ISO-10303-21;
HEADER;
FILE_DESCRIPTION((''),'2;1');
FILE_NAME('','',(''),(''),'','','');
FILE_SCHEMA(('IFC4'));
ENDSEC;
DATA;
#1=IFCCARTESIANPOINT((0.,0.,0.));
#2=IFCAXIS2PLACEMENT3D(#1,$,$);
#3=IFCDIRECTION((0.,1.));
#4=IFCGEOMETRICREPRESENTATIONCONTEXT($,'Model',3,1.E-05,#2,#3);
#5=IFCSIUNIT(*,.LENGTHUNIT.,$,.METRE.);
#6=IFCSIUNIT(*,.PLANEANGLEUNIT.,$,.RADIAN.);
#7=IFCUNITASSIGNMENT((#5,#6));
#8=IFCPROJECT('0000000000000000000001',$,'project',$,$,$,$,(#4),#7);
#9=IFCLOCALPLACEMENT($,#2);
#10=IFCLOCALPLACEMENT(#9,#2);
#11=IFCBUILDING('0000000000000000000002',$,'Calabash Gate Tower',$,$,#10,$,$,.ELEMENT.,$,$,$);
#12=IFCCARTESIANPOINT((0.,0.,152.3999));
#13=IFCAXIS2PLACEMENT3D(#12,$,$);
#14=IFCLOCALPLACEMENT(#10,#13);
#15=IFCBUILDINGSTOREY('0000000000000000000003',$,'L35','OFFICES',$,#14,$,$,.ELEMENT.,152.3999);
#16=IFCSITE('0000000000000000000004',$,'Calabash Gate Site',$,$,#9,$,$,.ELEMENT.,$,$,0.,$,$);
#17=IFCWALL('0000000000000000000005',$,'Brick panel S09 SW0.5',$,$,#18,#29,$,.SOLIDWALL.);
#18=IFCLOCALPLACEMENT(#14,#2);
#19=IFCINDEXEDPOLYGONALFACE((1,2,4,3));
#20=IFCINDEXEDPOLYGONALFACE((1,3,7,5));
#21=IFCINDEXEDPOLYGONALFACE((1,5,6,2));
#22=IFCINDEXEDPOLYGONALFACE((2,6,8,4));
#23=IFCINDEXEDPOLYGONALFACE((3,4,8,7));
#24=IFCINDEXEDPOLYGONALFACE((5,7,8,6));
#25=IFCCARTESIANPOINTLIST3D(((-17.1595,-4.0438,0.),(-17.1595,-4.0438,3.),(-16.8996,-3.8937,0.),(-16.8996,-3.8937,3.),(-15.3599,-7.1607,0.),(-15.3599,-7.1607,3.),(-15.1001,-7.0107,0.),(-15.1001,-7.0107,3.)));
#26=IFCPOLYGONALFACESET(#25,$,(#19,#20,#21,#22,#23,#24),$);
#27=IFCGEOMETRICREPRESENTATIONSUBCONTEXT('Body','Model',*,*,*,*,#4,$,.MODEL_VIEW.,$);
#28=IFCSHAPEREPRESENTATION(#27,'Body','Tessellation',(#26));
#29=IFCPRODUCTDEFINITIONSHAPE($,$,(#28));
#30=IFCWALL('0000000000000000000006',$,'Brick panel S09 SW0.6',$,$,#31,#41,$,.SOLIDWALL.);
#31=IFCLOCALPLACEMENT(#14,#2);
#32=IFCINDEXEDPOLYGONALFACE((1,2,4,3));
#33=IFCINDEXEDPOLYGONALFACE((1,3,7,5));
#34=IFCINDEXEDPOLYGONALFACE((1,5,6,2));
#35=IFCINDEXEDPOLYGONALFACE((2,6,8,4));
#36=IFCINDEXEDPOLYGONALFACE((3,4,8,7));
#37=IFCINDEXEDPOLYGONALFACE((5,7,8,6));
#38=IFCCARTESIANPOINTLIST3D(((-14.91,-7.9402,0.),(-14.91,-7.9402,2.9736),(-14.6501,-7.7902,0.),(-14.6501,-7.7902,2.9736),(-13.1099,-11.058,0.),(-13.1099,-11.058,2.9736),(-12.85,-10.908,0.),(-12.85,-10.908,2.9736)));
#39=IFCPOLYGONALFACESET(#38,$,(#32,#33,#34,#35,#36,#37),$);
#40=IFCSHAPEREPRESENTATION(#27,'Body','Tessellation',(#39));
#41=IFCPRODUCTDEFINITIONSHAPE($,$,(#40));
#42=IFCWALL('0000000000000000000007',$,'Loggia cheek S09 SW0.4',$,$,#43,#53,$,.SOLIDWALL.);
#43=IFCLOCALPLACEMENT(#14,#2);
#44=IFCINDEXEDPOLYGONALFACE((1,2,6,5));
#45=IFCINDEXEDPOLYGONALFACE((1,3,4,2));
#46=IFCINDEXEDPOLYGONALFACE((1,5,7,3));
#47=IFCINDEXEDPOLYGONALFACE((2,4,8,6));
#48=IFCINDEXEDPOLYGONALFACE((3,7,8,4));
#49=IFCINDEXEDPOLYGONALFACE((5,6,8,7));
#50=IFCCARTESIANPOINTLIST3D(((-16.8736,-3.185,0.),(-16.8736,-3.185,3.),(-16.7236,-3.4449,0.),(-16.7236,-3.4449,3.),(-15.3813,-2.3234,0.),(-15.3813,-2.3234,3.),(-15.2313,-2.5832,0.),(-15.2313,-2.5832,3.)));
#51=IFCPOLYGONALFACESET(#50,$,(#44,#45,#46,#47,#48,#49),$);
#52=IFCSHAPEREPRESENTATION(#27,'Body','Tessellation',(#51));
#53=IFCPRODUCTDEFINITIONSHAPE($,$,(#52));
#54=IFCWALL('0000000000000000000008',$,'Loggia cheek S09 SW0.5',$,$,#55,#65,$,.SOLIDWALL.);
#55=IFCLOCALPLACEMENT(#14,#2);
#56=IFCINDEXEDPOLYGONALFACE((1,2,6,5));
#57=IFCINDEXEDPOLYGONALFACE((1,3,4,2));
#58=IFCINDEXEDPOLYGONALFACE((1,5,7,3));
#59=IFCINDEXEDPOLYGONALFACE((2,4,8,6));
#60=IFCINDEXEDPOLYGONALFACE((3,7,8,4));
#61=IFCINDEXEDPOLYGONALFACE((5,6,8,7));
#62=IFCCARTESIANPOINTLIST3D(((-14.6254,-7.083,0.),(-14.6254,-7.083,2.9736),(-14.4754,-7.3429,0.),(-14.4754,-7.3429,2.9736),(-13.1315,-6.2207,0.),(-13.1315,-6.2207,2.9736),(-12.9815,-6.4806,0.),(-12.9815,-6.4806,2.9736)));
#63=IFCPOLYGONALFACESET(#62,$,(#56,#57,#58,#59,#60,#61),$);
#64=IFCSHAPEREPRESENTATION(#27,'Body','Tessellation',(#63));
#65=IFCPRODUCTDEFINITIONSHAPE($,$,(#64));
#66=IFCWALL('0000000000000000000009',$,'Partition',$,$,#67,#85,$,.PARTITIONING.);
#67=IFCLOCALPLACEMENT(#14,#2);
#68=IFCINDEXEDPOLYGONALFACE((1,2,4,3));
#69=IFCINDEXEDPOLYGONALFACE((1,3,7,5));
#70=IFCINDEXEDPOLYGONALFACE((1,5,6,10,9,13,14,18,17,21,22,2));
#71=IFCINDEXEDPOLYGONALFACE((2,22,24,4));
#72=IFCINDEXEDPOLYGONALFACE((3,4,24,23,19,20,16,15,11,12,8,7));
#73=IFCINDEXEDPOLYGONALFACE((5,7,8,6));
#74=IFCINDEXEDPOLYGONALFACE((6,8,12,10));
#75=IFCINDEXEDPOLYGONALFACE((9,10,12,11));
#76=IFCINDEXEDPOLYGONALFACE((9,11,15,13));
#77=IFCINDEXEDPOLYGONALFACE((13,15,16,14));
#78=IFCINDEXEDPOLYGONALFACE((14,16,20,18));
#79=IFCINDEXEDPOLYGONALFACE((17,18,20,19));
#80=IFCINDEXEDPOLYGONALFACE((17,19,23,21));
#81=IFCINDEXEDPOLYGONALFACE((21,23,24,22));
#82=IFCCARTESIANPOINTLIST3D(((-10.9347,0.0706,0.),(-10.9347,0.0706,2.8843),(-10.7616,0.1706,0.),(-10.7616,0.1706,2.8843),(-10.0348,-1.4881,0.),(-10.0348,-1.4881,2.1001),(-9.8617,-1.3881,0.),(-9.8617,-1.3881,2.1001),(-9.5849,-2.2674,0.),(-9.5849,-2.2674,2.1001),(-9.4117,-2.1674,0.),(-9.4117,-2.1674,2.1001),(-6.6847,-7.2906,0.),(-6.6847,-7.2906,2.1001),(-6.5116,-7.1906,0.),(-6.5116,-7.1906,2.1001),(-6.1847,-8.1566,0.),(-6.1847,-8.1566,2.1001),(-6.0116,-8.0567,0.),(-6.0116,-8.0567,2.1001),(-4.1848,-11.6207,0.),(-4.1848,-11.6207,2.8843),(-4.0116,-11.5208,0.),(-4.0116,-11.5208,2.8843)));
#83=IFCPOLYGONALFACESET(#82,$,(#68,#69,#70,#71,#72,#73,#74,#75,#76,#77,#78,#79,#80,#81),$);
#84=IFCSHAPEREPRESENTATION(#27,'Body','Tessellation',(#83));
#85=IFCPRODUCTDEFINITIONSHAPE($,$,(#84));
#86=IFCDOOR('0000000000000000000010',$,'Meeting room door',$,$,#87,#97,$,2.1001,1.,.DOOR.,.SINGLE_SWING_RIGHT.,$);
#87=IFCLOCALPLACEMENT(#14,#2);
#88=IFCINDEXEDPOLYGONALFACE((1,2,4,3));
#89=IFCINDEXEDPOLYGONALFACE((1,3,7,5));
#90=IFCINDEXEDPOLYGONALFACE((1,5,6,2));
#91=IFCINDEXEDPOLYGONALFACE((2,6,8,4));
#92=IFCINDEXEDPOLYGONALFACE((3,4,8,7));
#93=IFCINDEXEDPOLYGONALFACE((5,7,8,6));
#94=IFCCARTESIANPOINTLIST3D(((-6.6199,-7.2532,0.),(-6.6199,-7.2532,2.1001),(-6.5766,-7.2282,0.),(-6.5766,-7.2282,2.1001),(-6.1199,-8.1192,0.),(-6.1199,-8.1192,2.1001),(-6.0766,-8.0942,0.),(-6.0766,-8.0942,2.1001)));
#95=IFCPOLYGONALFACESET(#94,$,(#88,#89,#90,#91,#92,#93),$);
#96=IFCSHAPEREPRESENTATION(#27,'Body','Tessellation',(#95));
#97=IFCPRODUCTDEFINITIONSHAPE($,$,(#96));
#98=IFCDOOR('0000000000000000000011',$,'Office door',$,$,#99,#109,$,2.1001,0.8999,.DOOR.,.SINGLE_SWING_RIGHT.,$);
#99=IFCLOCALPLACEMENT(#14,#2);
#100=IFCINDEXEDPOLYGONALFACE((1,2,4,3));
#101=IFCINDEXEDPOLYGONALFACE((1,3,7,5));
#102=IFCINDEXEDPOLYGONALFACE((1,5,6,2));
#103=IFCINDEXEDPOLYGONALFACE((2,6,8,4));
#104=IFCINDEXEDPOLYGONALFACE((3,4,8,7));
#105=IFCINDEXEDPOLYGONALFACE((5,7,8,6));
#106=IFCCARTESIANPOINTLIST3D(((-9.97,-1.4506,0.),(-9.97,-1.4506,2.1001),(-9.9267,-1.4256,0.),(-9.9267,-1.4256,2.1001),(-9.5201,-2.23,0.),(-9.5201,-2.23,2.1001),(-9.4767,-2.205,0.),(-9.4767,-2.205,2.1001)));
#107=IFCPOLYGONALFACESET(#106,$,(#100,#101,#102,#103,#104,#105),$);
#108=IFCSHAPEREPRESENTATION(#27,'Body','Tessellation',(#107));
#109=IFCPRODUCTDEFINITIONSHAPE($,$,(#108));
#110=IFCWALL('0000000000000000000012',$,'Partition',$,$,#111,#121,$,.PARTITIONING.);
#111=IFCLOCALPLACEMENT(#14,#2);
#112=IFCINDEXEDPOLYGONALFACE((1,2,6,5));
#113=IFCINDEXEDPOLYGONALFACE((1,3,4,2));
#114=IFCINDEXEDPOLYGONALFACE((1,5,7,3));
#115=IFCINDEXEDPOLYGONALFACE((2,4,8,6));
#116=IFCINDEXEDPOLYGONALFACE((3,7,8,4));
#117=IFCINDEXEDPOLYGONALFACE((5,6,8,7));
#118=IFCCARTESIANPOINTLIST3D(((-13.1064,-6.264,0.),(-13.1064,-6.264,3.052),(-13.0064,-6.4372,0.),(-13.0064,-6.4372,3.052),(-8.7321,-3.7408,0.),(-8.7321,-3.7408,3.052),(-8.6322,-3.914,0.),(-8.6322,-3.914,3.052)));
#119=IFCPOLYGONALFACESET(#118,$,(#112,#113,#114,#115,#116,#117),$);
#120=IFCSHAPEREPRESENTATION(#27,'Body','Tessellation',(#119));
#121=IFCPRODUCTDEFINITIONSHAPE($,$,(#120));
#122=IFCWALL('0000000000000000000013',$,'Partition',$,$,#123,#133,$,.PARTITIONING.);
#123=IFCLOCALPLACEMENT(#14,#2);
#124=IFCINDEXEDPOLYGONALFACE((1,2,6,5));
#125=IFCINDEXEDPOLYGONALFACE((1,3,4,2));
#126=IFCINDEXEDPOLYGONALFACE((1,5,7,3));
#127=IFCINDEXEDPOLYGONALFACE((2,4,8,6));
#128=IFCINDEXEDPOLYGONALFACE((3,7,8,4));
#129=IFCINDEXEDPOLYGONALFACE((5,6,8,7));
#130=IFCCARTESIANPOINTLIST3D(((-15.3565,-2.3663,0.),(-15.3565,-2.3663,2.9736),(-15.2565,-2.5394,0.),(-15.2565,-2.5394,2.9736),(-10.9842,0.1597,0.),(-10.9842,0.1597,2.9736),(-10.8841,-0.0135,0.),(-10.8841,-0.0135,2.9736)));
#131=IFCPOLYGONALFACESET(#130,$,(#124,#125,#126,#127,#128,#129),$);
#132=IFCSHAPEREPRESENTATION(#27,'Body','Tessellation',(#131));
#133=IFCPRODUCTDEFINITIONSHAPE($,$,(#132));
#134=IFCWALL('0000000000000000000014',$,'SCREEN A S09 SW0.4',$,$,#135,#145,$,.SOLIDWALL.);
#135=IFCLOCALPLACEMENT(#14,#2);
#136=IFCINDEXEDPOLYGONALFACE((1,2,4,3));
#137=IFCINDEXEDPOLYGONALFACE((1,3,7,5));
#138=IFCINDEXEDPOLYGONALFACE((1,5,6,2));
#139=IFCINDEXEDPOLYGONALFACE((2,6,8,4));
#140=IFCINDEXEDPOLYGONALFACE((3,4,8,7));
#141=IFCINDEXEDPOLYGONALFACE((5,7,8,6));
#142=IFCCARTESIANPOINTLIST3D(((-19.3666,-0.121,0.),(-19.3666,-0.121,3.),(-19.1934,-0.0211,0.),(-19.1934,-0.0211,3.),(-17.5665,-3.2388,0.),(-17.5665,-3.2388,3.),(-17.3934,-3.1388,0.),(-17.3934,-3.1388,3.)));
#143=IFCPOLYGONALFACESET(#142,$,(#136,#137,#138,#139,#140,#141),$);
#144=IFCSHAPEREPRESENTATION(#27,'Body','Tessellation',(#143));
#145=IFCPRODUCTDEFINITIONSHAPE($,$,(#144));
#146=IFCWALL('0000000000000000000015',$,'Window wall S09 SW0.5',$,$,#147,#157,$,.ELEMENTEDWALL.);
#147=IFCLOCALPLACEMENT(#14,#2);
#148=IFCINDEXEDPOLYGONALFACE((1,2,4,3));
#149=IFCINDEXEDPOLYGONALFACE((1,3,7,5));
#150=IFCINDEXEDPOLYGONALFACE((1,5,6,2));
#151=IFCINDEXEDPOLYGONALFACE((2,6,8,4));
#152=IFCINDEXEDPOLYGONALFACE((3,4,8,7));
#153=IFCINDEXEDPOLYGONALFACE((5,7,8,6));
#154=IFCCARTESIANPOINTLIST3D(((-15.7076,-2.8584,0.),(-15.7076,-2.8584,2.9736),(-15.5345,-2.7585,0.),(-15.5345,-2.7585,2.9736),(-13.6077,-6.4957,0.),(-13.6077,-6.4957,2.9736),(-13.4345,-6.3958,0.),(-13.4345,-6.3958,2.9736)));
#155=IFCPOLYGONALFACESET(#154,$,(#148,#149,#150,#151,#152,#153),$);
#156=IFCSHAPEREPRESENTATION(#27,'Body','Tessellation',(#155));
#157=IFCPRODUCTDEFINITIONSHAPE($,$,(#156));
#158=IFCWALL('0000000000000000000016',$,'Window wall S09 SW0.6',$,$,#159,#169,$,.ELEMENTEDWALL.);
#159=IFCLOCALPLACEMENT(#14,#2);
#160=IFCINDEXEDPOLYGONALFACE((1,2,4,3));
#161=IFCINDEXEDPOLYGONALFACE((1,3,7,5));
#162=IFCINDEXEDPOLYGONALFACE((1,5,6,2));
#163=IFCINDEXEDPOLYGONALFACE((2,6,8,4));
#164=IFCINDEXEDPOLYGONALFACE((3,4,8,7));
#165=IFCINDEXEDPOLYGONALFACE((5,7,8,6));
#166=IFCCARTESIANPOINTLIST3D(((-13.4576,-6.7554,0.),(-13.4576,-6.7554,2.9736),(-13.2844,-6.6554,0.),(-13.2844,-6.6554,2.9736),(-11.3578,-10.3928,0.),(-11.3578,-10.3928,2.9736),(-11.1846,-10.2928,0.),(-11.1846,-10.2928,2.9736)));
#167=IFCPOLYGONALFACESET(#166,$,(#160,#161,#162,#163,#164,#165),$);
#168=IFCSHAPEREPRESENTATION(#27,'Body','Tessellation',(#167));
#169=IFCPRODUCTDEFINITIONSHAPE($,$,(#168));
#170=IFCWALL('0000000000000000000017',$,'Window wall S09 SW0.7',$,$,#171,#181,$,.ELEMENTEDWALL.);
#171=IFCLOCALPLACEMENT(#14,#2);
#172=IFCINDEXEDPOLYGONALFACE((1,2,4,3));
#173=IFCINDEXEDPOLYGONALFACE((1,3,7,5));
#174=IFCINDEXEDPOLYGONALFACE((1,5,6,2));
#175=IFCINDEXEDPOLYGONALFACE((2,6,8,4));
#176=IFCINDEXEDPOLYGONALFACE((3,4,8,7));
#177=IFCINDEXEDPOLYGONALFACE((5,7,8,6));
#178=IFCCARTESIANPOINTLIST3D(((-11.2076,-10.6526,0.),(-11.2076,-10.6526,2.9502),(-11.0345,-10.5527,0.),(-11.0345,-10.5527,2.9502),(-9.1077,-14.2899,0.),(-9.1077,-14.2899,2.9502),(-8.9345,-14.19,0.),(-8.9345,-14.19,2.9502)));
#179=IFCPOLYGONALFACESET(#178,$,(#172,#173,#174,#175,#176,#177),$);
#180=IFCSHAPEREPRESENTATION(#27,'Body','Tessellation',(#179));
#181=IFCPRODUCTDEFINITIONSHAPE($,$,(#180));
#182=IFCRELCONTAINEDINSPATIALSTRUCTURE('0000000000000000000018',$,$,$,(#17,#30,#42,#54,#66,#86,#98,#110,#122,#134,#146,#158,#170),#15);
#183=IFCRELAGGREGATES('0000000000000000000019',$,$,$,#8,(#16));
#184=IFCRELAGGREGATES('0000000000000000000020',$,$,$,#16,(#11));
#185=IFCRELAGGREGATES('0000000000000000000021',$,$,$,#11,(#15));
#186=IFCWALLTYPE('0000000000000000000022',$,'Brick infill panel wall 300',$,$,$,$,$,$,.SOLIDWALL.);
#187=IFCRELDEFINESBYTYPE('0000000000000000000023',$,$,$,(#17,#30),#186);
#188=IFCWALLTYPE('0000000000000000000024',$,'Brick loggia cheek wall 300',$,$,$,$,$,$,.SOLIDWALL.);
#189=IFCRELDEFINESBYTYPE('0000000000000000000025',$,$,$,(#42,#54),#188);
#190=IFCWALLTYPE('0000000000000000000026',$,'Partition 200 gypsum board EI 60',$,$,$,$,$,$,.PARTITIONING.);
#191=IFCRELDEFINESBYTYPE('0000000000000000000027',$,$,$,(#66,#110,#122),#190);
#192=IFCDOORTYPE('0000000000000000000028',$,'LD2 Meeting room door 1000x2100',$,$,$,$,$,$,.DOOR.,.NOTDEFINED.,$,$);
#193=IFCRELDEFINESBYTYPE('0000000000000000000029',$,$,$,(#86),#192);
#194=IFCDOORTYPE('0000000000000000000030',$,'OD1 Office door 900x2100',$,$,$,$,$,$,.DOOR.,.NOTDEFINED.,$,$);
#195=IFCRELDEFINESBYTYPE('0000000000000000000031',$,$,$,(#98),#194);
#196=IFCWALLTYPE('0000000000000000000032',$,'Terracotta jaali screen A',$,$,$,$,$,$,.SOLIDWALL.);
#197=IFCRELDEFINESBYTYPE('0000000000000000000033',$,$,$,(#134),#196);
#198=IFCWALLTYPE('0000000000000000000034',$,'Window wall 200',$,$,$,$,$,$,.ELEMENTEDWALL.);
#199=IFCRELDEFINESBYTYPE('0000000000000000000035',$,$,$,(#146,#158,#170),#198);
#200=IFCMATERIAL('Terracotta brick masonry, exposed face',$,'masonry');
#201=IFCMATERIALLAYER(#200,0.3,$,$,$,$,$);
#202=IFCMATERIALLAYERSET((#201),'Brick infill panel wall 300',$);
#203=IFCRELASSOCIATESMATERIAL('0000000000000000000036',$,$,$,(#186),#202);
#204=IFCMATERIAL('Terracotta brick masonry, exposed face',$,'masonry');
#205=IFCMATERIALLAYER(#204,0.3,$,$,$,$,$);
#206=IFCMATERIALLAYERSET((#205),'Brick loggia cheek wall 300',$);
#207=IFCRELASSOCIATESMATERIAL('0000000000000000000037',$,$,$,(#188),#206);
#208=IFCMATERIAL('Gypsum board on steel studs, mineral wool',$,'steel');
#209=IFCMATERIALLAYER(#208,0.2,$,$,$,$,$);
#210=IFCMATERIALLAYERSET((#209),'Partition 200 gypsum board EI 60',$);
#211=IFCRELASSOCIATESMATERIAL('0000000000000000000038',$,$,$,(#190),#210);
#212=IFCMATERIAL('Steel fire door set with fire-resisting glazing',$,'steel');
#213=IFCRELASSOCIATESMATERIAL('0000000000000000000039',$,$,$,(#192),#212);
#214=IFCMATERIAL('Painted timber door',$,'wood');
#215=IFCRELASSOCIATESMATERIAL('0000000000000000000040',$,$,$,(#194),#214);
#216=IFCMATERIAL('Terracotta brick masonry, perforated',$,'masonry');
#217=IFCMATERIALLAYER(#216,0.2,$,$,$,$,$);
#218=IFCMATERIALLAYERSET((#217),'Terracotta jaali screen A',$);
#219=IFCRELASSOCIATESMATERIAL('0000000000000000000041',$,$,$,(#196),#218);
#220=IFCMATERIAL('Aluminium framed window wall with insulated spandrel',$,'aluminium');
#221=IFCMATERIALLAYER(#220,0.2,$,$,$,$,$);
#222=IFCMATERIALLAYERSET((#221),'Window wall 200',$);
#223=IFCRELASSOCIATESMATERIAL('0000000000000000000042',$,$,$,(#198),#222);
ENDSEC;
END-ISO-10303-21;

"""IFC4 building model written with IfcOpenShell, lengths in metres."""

from ifc_helpers import new_model, si_unit, direction, frame, frame_2d, origin, place, context, subcontext, project, spatial, rectangle, extrude, material, layer, layer_set, type_object, element, fill, save


model = new_model("IFC4")

# Units and contexts
model_context = context("Model", 3, precision=1e-05, world=origin(), true_north=direction((0.0, 1.0)))
body_context = subcontext(model_context, "Body", "Model", "MODEL_VIEW")
ifc_project = project(units=[si_unit("LENGTHUNIT", "METRE"), si_unit("PLANEANGLEUNIT", "RADIAN")], contexts=[model_context])

# Site, building, storey
site_placement = place(None, origin())
site = spatial("IfcSite", under=ifc_project, at=site_placement, Name="Calabash Gate Site", CompositionType="ELEMENT", RefElevation=0.0)
building_placement = place(site_placement, origin())
building = spatial("IfcBuilding", under=site, at=building_placement, Name="Calabash Gate Tower", CompositionType="ELEMENT")
storey_placement = place(building_placement, frame((0.0, 0.0, 152.3999)))
storey = spatial("IfcBuildingStorey", under=building, at=storey_placement, Name="L35", Description="OFFICES", CompositionType="ELEMENT", Elevation=152.3999)

# Walls
ifc_material_1 = material(Name="Terracotta brick masonry, exposed face", Category="masonry")
ifc_layer_1 = layer(ifc_material_1, 0.3)
ifc_layer_set_1 = layer_set([ifc_layer_1], Name="Brick infill panel wall 300")
wall_type_1 = type_object("IfcWallType", Name="Brick infill panel wall 300", PredefinedType="SOLIDWALL", material=ifc_layer_set_1)
wall_1_placement = place(storey_placement, frame((-15.23, -7.0857, 0.0), z_axis=(0.0, 0.0, 1.0), x_axis=(-0.499998, 0.866026, 0.0)))
element("IfcWall", 1, at=wall_1_placement, inside=storey, type_object=wall_type_1, Name="Brick panel S09 SW0.5", PredefinedType="SOLIDWALL", context=body_context, shape_type="SweptSolid", body=[
    extrude(rectangle(XDim=3.5991, YDim=0.3, at=frame_2d((1.7996, 0.0))), origin(), (0.0, 0.0, 1.0), 3.0),
])
wall_2_placement = place(storey_placement, frame((-14.78, -7.8652, 0.0), z_axis=(0.0, 0.0, 1.0), x_axis=(0.500012, -0.866018, 0.0)))
element("IfcWall", 2, at=wall_2_placement, inside=storey, type_object=wall_type_1, Name="Brick panel S09 SW0.6", PredefinedType="SOLIDWALL", context=body_context, shape_type="SweptSolid", body=[
    extrude(rectangle(XDim=3.6001, YDim=0.3, at=frame_2d((1.8, 0.0))), origin(), (0.0, 0.0, 1.0), 2.9736),
])
ifc_material_2 = material(Name="Terracotta brick masonry, exposed face", Category="masonry")
ifc_layer_2 = layer(ifc_material_2, 0.3)
ifc_layer_set_2 = layer_set([ifc_layer_2], Name="Brick loggia cheek wall 300")
wall_type_2 = type_object("IfcWallType", Name="Brick loggia cheek wall 300", PredefinedType="SOLIDWALL", material=ifc_layer_set_2)
wall_3_placement = place(storey_placement, frame((-16.7986, -3.3149, 0.0), z_axis=(0.0, 0.0, 1.0), x_axis=(0.866011, 0.500025, 0.0)))
element("IfcWall", 3, at=wall_3_placement, inside=storey, type_object=wall_type_2, Name="Loggia cheek S09 SW0.4", PredefinedType="SOLIDWALL", context=body_context, shape_type="SweptSolid", body=[
    extrude(rectangle(XDim=1.7231, YDim=0.3, at=frame_2d((0.8616, 0.0))), origin(), (0.0, 0.0, 1.0), 3.0),
])
wall_4_placement = place(storey_placement, frame((-14.5503, -7.2129, 0.0), z_axis=(0.0, 0.0, 1.0), x_axis=(0.866075, 0.499914, 0.0)))
element("IfcWall", 4, at=wall_4_placement, inside=storey, type_object=wall_type_2, Name="Loggia cheek S09 SW0.5", PredefinedType="SOLIDWALL", context=body_context, shape_type="SweptSolid", body=[
    extrude(rectangle(XDim=1.7249, YDim=0.3, at=frame_2d((0.8623, 0.0))), origin(), (0.0, 0.0, 1.0), 2.9736),
])

# Wall, openings, doors
ifc_material_3 = material(Name="Gypsum board on steel studs, mineral wool", Category="steel")
ifc_layer_3 = layer(ifc_material_3, 0.2)
ifc_layer_set_3 = layer_set([ifc_layer_3], Name="Partition 200 gypsum board EI 60")
wall_type_3 = type_object("IfcWallType", Name="Partition 200 gypsum board EI 60", PredefinedType="PARTITIONING", material=ifc_layer_set_3)
wall_5_placement = place(storey_placement, frame((-10.8481, 0.1206, 0.0), z_axis=(0.0, 0.0, 1.0), x_axis=(0.499998, -0.866027, 0.0)))
wall_5 = element("IfcWall", 5, at=wall_5_placement, inside=storey, type_object=wall_type_3, Name="Partition", PredefinedType="PARTITIONING", context=body_context, shape_type="SweptSolid", body=[
    extrude(rectangle(XDim=13.5, YDim=0.2, at=frame_2d((6.75, 0.0))), origin(), (0.0, 0.0, 1.0), 2.8843),
])
opening_1_placement = place(wall_5_placement, frame((1.7998, 0.0, 0.0)))
opening_1 = element("IfcOpeningElement", 6, at=opening_1_placement, cuts=wall_5, PredefinedType="OPENING", context=body_context, shape_type="SweptSolid", body=[
    extrude(rectangle(XDim=0.8999, YDim=2.1001, at=frame_2d((0.45, 1.05))), frame((0.0, 0.1099, 0.0), z_axis=(0.0, -1.0, 0.0), x_axis=(1.0, 0.0, 0.0)), (0.0, 0.0, 1.0), 0.22),
])
opening_2_placement = place(wall_5_placement, frame((8.5, 0.0, 0.0)))
opening_2 = element("IfcOpeningElement", 7, at=opening_2_placement, cuts=wall_5, PredefinedType="OPENING", context=body_context, shape_type="SweptSolid", body=[
    extrude(rectangle(XDim=1.0, YDim=2.1001, at=frame_2d((0.5, 1.05))), frame((0.0, 0.1099, 0.0), z_axis=(0.0, -1.0, 0.0), x_axis=(1.0, 0.0, 0.0)), (0.0, 0.0, 1.0), 0.22),
])
ifc_material_4 = material(Name="Steel fire door set with fire-resisting glazing", Category="steel")
door_type_1 = type_object("IfcDoorType", Name="LD2 Meeting room door 1000x2100", OperationType="NOTDEFINED", PredefinedType="DOOR", material=ifc_material_4)
door_1_placement = place(opening_2_placement, origin())
door_1 = element("IfcDoor", 8, at=door_1_placement, inside=storey, type_object=door_type_1, Name="Meeting room door", OperationType="SINGLE_SWING_RIGHT", OverallHeight=2.1001, OverallWidth=1.0, PredefinedType="DOOR", context=body_context, shape_type="SweptSolid", body=[
    extrude(rectangle(XDim=1.0, YDim=2.1001, at=frame_2d((0.5, 1.05))), frame((0.0, 0.0249, 0.0), z_axis=(0.0, -1.0, 0.0), x_axis=(1.0, 0.0, 0.0)), (0.0, 0.0, 1.0), 0.05),
])
fill(opening_2, door_1)
ifc_material_5 = material(Name="Painted timber door", Category="wood")
door_type_2 = type_object("IfcDoorType", Name="OD1 Office door 900x2100", OperationType="NOTDEFINED", PredefinedType="DOOR", material=ifc_material_5)
door_2_placement = place(opening_1_placement, origin())
door_2 = element("IfcDoor", 9, at=door_2_placement, inside=storey, type_object=door_type_2, Name="Office door", OperationType="SINGLE_SWING_RIGHT", OverallHeight=2.1001, OverallWidth=0.8999, PredefinedType="DOOR", context=body_context, shape_type="SweptSolid", body=[
    extrude(rectangle(XDim=0.8999, YDim=2.1001, at=frame_2d((0.45, 1.05))), frame((0.0, 0.0249, 0.0), z_axis=(0.0, -1.0, 0.0), x_axis=(1.0, 0.0, 0.0)), (0.0, 0.0, 1.0), 0.05),
])
fill(opening_1, door_2)

# Walls
wall_6_placement = place(storey_placement, frame((-13.0564, -6.3506, 0.0), z_axis=(0.0, 0.0, 1.0), x_axis=(0.866222, 0.49966, 0.0)))
element("IfcWall", 10, at=wall_6_placement, inside=storey, type_object=wall_type_3, Name="Partition", PredefinedType="PARTITIONING", context=body_context, shape_type="SweptSolid", body=[
    extrude(rectangle(XDim=5.0498, YDim=0.2, at=frame_2d((2.5249, 0.0))), origin(), (0.0, 0.0, 1.0), 3.052),
])
wall_7_placement = place(storey_placement, frame((-15.3066, -2.4529, 0.0), z_axis=(0.0, 0.0, 1.0), x_axis=(0.865895, 0.500226, 0.0)))
element("IfcWall", 11, at=wall_7_placement, inside=storey, type_object=wall_type_3, Name="Partition", PredefinedType="PARTITIONING", context=body_context, shape_type="SweptSolid", body=[
    extrude(rectangle(XDim=5.0496, YDim=0.2, at=frame_2d((2.5249, 0.0))), origin(), (0.0, 0.0, 1.0), 2.9736),
])
ifc_material_6 = material(Name="Terracotta brick masonry, perforated", Category="masonry")
ifc_layer_4 = layer(ifc_material_6, 0.2)
ifc_layer_set_4 = layer_set([ifc_layer_4], Name="Terracotta jaali screen A")
wall_type_4 = type_object("IfcWallType", Name="Terracotta jaali screen A", PredefinedType="SOLIDWALL", material=ifc_layer_set_4)
wall_8_placement = place(storey_placement, frame((-19.28, -0.071, 0.0), z_axis=(0.0, 0.0, 1.0), x_axis=(0.500012, -0.866018, 0.0)))
element("IfcWall", 12, at=wall_8_placement, inside=storey, type_object=wall_type_4, Name="SCREEN A S09 SW0.4", PredefinedType="SOLIDWALL", context=body_context, shape_type="SweptSolid", body=[
    extrude(rectangle(XDim=3.6001, YDim=0.2, at=frame_2d((1.8, 0.0))), origin(), (0.0, 0.0, 1.0), 3.0),
])
ifc_material_7 = material(Name="Aluminium framed window wall with insulated spandrel", Category="aluminium")
ifc_layer_5 = layer(ifc_material_7, 0.2)
ifc_layer_set_5 = layer_set([ifc_layer_5], Name="Window wall 200")
wall_type_5 = type_object("IfcWallType", Name="Window wall 200", PredefinedType="ELEMENTEDWALL", material=ifc_layer_set_5)
for number, where, z_axis, x_axis, name in (
    (13, (-15.6211, -2.8083, 0.0), (0.0, 0.0, 1.0), (0.499984, -0.866035, 0.0), "Window wall S09 SW0.5"),
    (14, (-13.3711, -6.7053, 0.0), (0.0, 0.0, 1.0), (0.499959, -0.866049, 0.0), "Window wall S09 SW0.6"),
):
    element("IfcWall", number, at=place(storey_placement, frame(where, z_axis=z_axis, x_axis=x_axis)), inside=storey, type_object=wall_type_5, Name=name, PredefinedType="ELEMENTEDWALL", context=body_context, shape_type="SweptSolid", body=[
        extrude(rectangle(XDim=4.2, YDim=0.2, at=frame_2d((2.1001, 0.0))), origin(), (0.0, 0.0, 1.0), 2.9736),
    ])
wall_9_placement = place(storey_placement, frame((-11.1211, -10.6025, 0.0), z_axis=(0.0, 0.0, 1.0), x_axis=(0.499984, -0.866035, 0.0)))
element("IfcWall", 15, at=wall_9_placement, inside=storey, type_object=wall_type_5, Name="Window wall S09 SW0.7", PredefinedType="ELEMENTEDWALL", context=body_context, shape_type="SweptSolid", body=[
    extrude(rectangle(XDim=4.2, YDim=0.2, at=frame_2d((2.1001, 0.0))), origin(), (0.0, 0.0, 1.0), 2.9502),
])

save(model, "model.ifc")
